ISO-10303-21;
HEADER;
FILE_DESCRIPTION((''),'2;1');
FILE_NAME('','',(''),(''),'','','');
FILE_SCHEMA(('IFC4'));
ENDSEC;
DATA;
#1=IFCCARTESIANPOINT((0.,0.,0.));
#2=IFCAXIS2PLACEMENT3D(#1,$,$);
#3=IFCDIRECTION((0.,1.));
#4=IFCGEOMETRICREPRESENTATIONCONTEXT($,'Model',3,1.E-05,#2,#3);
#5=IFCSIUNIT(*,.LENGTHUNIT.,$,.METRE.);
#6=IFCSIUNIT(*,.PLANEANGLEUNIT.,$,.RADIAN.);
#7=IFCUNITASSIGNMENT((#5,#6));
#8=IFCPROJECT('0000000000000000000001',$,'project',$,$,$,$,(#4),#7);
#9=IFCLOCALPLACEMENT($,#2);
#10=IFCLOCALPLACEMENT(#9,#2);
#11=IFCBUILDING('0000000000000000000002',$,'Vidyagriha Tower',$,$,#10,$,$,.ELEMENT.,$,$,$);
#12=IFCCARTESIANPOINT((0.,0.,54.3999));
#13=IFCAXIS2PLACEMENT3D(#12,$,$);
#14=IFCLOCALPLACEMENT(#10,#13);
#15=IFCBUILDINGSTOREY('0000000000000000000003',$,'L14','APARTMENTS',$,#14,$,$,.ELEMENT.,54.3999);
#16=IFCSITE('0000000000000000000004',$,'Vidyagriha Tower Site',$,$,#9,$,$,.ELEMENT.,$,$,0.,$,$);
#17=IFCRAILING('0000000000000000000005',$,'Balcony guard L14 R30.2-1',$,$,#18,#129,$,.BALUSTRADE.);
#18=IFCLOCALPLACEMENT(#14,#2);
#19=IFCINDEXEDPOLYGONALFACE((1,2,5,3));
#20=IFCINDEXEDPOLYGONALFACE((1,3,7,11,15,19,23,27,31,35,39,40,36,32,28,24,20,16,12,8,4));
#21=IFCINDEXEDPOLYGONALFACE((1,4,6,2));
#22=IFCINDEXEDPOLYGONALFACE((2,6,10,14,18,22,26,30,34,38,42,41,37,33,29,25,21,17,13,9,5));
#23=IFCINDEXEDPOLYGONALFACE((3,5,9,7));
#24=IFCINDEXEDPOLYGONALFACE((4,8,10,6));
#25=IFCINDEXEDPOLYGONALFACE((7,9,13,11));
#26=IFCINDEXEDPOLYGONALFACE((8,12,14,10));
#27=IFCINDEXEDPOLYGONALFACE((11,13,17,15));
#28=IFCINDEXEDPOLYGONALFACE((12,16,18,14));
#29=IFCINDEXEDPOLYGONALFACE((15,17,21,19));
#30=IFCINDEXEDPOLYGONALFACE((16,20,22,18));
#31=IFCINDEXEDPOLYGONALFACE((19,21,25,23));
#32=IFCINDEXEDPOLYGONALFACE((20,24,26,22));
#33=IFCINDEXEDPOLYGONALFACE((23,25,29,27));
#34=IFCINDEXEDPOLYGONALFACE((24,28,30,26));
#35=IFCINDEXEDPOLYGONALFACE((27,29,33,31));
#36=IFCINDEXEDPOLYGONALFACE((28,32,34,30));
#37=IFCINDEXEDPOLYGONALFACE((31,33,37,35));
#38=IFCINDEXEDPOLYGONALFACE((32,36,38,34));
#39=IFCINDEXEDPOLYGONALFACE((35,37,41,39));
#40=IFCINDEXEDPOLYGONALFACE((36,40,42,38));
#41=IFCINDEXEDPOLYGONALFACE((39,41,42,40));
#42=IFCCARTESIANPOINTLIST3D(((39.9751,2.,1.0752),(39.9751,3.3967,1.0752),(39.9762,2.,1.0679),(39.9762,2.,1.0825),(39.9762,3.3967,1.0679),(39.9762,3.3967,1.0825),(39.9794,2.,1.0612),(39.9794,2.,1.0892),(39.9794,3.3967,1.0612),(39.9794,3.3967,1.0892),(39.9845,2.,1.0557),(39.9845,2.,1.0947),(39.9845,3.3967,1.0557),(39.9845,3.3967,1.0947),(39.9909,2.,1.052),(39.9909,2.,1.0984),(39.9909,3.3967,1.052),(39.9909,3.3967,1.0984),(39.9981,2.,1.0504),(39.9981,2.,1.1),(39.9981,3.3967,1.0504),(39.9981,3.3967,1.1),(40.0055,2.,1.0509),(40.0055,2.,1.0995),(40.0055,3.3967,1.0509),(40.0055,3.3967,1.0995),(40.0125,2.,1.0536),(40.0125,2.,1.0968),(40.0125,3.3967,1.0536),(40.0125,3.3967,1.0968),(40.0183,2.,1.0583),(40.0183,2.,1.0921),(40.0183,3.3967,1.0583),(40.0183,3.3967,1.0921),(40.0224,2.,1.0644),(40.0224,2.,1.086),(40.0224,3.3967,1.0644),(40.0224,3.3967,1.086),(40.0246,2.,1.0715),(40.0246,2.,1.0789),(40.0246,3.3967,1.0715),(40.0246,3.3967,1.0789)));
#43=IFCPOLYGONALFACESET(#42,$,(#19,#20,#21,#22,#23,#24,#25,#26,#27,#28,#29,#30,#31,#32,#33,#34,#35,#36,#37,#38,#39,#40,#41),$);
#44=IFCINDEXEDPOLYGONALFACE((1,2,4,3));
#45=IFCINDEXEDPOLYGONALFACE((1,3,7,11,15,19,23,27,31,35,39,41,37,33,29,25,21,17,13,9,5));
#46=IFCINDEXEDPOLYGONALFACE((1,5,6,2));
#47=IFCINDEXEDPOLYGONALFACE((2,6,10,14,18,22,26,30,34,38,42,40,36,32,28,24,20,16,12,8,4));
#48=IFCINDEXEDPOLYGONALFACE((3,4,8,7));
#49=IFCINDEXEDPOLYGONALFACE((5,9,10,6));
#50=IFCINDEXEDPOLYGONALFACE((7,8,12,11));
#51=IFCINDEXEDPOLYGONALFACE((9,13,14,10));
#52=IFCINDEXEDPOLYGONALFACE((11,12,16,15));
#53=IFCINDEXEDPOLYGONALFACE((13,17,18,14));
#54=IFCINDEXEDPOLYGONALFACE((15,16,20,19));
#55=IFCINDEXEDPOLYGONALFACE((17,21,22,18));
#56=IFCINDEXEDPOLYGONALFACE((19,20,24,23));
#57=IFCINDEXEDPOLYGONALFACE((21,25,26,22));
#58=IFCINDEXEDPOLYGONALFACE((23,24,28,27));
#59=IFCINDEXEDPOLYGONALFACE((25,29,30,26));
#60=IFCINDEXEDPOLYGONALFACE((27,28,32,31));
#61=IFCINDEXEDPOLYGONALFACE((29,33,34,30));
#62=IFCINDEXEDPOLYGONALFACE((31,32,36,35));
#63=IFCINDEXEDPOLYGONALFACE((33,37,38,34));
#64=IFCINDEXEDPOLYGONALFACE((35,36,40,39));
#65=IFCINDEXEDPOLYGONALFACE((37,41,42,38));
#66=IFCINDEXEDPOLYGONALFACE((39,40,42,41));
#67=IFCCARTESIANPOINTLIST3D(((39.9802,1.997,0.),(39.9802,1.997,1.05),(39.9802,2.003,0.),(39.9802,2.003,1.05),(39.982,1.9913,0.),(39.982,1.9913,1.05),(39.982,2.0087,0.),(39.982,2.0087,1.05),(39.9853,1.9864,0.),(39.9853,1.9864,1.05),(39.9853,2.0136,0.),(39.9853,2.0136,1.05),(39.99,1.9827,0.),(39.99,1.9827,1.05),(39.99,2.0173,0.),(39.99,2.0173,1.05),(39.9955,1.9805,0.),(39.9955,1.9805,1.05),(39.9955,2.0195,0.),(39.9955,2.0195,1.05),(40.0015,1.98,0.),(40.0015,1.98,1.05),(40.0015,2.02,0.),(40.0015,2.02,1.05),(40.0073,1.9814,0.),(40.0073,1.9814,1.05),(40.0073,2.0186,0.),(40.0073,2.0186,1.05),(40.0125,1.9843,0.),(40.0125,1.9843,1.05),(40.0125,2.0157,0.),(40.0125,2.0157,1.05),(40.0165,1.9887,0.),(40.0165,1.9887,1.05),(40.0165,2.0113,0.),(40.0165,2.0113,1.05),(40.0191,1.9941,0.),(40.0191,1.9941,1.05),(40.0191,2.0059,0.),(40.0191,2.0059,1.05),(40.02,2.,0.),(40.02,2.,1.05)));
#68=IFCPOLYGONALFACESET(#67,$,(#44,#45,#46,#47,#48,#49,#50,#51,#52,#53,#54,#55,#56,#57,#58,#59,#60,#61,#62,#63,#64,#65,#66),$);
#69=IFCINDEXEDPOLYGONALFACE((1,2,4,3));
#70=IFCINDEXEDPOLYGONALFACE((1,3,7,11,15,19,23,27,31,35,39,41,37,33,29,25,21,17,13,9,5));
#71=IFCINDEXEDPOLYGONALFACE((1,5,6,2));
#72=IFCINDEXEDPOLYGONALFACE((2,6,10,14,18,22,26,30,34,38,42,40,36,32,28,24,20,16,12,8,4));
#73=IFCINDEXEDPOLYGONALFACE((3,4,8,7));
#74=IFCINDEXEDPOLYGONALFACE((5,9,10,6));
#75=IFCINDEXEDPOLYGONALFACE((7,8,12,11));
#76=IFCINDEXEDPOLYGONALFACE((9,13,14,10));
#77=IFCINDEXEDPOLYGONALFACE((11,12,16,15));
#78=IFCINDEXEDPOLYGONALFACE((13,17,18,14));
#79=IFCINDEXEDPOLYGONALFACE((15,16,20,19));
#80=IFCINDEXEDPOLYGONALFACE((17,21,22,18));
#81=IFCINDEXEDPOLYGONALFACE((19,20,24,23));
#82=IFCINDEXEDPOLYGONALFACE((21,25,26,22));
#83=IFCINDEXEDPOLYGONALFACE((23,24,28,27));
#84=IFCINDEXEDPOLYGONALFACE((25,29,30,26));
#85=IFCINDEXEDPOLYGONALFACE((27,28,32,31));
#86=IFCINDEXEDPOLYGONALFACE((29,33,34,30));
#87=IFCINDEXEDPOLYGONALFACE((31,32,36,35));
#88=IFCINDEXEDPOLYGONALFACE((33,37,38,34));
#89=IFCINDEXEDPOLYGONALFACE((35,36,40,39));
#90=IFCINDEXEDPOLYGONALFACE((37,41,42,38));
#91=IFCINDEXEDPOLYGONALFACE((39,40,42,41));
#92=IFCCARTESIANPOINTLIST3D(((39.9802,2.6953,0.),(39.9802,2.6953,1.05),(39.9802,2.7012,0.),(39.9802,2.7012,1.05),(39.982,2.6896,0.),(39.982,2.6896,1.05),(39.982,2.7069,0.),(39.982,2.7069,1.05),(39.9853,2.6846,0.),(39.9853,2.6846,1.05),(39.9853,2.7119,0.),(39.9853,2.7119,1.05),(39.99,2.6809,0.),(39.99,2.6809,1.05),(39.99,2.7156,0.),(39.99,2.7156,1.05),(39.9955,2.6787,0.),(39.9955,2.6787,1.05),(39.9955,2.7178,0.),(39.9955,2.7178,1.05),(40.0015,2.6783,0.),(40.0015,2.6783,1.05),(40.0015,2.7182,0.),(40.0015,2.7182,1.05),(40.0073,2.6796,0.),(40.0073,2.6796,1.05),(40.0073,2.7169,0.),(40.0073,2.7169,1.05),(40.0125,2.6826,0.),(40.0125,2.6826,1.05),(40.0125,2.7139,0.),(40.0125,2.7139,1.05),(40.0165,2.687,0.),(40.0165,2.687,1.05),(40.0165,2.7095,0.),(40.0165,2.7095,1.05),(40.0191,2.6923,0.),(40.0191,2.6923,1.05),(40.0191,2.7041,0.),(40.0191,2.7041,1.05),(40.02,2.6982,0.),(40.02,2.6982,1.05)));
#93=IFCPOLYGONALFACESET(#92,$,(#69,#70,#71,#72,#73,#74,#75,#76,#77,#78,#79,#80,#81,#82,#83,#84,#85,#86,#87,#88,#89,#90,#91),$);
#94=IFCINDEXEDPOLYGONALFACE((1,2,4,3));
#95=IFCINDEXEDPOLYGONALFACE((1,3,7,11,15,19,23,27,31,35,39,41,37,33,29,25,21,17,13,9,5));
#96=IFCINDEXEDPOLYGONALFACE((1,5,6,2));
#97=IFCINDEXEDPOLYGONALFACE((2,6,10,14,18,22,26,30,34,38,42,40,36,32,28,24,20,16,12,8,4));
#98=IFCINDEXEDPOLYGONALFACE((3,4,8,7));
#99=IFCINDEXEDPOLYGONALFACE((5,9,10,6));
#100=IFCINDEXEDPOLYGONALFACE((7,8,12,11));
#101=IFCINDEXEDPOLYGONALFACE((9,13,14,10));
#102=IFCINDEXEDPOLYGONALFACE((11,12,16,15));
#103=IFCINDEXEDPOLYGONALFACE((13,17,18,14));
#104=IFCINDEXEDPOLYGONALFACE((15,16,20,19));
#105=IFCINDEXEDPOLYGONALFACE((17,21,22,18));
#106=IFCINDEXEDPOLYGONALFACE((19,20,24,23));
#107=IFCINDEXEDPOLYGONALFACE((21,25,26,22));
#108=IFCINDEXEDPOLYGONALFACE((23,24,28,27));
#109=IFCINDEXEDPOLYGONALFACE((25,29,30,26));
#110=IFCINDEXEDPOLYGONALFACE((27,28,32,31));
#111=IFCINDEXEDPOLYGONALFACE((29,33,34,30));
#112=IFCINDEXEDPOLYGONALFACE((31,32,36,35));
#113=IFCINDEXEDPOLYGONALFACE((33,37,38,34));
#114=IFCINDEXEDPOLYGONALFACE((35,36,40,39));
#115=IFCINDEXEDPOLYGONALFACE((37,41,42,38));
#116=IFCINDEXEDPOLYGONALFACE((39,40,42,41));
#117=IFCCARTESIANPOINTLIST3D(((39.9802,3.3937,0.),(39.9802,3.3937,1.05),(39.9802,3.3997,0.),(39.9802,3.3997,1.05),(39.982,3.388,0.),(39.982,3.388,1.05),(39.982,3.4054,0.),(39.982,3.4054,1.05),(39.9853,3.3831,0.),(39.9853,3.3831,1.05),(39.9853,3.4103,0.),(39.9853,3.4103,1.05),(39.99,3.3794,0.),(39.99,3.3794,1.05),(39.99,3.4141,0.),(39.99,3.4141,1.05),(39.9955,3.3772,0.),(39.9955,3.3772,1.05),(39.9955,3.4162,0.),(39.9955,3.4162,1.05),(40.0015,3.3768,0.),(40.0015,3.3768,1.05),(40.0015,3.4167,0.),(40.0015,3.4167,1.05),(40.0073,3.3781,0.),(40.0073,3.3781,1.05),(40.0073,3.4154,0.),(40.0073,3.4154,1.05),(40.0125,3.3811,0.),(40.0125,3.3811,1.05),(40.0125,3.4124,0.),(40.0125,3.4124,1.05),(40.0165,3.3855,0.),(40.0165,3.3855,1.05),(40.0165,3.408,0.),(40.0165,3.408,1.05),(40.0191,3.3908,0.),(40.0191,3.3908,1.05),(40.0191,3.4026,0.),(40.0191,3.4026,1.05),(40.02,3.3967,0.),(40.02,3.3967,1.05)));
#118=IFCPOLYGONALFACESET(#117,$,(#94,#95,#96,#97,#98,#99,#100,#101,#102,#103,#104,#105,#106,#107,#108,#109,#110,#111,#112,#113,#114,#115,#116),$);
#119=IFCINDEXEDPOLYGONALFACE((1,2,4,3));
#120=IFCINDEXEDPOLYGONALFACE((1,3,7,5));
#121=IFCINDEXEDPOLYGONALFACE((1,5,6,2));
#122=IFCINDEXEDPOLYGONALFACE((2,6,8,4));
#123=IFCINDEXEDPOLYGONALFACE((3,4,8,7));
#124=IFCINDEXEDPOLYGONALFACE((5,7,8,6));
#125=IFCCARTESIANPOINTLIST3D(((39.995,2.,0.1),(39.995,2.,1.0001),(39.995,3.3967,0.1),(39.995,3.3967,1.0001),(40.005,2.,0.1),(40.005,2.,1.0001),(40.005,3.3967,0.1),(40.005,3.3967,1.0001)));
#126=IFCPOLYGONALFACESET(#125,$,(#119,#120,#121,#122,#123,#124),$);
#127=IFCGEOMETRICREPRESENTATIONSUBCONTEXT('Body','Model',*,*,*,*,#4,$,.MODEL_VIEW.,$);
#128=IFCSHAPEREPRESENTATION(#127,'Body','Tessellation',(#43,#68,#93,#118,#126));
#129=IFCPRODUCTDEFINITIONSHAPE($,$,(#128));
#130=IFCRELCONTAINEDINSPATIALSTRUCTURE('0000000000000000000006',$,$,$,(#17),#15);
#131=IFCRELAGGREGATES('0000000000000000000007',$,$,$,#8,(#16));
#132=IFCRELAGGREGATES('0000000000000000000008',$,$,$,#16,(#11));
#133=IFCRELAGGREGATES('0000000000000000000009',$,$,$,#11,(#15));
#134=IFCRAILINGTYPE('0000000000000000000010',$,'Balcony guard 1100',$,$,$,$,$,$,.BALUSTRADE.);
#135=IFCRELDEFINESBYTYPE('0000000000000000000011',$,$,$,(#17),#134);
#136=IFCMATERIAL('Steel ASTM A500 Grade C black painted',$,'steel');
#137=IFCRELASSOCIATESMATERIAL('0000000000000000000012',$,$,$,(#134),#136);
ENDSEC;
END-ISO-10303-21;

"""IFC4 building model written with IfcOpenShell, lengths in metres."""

from ifc_helpers import new_model, si_unit, direction, frame, origin, origin_2d, place, context, subcontext, project, spatial, rectangle, circle, extrude, material, type_object, element, save


model = new_model("IFC4")

# Units and contexts
model_context = context("Model", 3, precision=1e-05, world=origin(), true_north=direction((0.0, 1.0)))
body_context = subcontext(model_context, "Body", "Model", "MODEL_VIEW")
ifc_project = project(units=[si_unit("LENGTHUNIT", "METRE"), si_unit("PLANEANGLEUNIT", "RADIAN")], contexts=[model_context])

# Site, building, storey
site_placement = place(None, origin())
site = spatial("IfcSite", under=ifc_project, at=site_placement, Name="Vidyagriha Tower Site", CompositionType="ELEMENT", RefElevation=0.0)
building_placement = place(site_placement, origin())
building = spatial("IfcBuilding", under=site, at=building_placement, Name="Vidyagriha Tower", CompositionType="ELEMENT")
storey_placement = place(building_placement, frame((0.0, 0.0, 54.3999)))
storey = spatial("IfcBuildingStorey", under=building, at=storey_placement, Name="L14", Description="APARTMENTS", CompositionType="ELEMENT", Elevation=54.3999)

# Railing
ifc_material_1 = material(Name="Steel ASTM A500 Grade C black painted", Category="steel")
railing_type_1 = type_object("IfcRailingType", Name="Balcony guard 1100", PredefinedType="BALUSTRADE", material=ifc_material_1)
railing_1_placement = place(storey_placement, frame((40.0, 2.0, 0.0)))
element("IfcRailing", 1, at=railing_1_placement, inside=storey, type_object=railing_type_1, Name="Balcony guard L14 R30.2-1", PredefinedType="BALUSTRADE", context=body_context, shape_type="SweptSolid", body=[
    extrude(circle(Radius=0.0249, at=origin_2d()), frame((0.0, 0.0, 1.0752), z_axis=(0.0, 1.0, 0.0), x_axis=(-1.0, 0.0, 0.0)), (0.0, 0.0, 1.0), 1.3967),
    extrude(circle(Radius=0.02, at=origin_2d()), origin(), (0.0, 0.0, 1.0), 1.05),
    extrude(circle(Radius=0.02, at=origin_2d()), frame((0.0, 0.6982, 0.0)), (0.0, 0.0, 1.0), 1.05),
    extrude(circle(Radius=0.02, at=origin_2d()), frame((0.0, 1.3967, 0.0)), (0.0, 0.0, 1.0), 1.05),
    extrude(rectangle(XDim=0.01, YDim=0.9001, at=origin_2d()), frame((0.0, 0.0, 0.55), z_axis=(0.0, 1.0, 0.0), x_axis=(-1.0, 0.0, 0.0)), (0.0, 0.0, 1.0), 1.3967),
])

save(model, "model.ifc")
